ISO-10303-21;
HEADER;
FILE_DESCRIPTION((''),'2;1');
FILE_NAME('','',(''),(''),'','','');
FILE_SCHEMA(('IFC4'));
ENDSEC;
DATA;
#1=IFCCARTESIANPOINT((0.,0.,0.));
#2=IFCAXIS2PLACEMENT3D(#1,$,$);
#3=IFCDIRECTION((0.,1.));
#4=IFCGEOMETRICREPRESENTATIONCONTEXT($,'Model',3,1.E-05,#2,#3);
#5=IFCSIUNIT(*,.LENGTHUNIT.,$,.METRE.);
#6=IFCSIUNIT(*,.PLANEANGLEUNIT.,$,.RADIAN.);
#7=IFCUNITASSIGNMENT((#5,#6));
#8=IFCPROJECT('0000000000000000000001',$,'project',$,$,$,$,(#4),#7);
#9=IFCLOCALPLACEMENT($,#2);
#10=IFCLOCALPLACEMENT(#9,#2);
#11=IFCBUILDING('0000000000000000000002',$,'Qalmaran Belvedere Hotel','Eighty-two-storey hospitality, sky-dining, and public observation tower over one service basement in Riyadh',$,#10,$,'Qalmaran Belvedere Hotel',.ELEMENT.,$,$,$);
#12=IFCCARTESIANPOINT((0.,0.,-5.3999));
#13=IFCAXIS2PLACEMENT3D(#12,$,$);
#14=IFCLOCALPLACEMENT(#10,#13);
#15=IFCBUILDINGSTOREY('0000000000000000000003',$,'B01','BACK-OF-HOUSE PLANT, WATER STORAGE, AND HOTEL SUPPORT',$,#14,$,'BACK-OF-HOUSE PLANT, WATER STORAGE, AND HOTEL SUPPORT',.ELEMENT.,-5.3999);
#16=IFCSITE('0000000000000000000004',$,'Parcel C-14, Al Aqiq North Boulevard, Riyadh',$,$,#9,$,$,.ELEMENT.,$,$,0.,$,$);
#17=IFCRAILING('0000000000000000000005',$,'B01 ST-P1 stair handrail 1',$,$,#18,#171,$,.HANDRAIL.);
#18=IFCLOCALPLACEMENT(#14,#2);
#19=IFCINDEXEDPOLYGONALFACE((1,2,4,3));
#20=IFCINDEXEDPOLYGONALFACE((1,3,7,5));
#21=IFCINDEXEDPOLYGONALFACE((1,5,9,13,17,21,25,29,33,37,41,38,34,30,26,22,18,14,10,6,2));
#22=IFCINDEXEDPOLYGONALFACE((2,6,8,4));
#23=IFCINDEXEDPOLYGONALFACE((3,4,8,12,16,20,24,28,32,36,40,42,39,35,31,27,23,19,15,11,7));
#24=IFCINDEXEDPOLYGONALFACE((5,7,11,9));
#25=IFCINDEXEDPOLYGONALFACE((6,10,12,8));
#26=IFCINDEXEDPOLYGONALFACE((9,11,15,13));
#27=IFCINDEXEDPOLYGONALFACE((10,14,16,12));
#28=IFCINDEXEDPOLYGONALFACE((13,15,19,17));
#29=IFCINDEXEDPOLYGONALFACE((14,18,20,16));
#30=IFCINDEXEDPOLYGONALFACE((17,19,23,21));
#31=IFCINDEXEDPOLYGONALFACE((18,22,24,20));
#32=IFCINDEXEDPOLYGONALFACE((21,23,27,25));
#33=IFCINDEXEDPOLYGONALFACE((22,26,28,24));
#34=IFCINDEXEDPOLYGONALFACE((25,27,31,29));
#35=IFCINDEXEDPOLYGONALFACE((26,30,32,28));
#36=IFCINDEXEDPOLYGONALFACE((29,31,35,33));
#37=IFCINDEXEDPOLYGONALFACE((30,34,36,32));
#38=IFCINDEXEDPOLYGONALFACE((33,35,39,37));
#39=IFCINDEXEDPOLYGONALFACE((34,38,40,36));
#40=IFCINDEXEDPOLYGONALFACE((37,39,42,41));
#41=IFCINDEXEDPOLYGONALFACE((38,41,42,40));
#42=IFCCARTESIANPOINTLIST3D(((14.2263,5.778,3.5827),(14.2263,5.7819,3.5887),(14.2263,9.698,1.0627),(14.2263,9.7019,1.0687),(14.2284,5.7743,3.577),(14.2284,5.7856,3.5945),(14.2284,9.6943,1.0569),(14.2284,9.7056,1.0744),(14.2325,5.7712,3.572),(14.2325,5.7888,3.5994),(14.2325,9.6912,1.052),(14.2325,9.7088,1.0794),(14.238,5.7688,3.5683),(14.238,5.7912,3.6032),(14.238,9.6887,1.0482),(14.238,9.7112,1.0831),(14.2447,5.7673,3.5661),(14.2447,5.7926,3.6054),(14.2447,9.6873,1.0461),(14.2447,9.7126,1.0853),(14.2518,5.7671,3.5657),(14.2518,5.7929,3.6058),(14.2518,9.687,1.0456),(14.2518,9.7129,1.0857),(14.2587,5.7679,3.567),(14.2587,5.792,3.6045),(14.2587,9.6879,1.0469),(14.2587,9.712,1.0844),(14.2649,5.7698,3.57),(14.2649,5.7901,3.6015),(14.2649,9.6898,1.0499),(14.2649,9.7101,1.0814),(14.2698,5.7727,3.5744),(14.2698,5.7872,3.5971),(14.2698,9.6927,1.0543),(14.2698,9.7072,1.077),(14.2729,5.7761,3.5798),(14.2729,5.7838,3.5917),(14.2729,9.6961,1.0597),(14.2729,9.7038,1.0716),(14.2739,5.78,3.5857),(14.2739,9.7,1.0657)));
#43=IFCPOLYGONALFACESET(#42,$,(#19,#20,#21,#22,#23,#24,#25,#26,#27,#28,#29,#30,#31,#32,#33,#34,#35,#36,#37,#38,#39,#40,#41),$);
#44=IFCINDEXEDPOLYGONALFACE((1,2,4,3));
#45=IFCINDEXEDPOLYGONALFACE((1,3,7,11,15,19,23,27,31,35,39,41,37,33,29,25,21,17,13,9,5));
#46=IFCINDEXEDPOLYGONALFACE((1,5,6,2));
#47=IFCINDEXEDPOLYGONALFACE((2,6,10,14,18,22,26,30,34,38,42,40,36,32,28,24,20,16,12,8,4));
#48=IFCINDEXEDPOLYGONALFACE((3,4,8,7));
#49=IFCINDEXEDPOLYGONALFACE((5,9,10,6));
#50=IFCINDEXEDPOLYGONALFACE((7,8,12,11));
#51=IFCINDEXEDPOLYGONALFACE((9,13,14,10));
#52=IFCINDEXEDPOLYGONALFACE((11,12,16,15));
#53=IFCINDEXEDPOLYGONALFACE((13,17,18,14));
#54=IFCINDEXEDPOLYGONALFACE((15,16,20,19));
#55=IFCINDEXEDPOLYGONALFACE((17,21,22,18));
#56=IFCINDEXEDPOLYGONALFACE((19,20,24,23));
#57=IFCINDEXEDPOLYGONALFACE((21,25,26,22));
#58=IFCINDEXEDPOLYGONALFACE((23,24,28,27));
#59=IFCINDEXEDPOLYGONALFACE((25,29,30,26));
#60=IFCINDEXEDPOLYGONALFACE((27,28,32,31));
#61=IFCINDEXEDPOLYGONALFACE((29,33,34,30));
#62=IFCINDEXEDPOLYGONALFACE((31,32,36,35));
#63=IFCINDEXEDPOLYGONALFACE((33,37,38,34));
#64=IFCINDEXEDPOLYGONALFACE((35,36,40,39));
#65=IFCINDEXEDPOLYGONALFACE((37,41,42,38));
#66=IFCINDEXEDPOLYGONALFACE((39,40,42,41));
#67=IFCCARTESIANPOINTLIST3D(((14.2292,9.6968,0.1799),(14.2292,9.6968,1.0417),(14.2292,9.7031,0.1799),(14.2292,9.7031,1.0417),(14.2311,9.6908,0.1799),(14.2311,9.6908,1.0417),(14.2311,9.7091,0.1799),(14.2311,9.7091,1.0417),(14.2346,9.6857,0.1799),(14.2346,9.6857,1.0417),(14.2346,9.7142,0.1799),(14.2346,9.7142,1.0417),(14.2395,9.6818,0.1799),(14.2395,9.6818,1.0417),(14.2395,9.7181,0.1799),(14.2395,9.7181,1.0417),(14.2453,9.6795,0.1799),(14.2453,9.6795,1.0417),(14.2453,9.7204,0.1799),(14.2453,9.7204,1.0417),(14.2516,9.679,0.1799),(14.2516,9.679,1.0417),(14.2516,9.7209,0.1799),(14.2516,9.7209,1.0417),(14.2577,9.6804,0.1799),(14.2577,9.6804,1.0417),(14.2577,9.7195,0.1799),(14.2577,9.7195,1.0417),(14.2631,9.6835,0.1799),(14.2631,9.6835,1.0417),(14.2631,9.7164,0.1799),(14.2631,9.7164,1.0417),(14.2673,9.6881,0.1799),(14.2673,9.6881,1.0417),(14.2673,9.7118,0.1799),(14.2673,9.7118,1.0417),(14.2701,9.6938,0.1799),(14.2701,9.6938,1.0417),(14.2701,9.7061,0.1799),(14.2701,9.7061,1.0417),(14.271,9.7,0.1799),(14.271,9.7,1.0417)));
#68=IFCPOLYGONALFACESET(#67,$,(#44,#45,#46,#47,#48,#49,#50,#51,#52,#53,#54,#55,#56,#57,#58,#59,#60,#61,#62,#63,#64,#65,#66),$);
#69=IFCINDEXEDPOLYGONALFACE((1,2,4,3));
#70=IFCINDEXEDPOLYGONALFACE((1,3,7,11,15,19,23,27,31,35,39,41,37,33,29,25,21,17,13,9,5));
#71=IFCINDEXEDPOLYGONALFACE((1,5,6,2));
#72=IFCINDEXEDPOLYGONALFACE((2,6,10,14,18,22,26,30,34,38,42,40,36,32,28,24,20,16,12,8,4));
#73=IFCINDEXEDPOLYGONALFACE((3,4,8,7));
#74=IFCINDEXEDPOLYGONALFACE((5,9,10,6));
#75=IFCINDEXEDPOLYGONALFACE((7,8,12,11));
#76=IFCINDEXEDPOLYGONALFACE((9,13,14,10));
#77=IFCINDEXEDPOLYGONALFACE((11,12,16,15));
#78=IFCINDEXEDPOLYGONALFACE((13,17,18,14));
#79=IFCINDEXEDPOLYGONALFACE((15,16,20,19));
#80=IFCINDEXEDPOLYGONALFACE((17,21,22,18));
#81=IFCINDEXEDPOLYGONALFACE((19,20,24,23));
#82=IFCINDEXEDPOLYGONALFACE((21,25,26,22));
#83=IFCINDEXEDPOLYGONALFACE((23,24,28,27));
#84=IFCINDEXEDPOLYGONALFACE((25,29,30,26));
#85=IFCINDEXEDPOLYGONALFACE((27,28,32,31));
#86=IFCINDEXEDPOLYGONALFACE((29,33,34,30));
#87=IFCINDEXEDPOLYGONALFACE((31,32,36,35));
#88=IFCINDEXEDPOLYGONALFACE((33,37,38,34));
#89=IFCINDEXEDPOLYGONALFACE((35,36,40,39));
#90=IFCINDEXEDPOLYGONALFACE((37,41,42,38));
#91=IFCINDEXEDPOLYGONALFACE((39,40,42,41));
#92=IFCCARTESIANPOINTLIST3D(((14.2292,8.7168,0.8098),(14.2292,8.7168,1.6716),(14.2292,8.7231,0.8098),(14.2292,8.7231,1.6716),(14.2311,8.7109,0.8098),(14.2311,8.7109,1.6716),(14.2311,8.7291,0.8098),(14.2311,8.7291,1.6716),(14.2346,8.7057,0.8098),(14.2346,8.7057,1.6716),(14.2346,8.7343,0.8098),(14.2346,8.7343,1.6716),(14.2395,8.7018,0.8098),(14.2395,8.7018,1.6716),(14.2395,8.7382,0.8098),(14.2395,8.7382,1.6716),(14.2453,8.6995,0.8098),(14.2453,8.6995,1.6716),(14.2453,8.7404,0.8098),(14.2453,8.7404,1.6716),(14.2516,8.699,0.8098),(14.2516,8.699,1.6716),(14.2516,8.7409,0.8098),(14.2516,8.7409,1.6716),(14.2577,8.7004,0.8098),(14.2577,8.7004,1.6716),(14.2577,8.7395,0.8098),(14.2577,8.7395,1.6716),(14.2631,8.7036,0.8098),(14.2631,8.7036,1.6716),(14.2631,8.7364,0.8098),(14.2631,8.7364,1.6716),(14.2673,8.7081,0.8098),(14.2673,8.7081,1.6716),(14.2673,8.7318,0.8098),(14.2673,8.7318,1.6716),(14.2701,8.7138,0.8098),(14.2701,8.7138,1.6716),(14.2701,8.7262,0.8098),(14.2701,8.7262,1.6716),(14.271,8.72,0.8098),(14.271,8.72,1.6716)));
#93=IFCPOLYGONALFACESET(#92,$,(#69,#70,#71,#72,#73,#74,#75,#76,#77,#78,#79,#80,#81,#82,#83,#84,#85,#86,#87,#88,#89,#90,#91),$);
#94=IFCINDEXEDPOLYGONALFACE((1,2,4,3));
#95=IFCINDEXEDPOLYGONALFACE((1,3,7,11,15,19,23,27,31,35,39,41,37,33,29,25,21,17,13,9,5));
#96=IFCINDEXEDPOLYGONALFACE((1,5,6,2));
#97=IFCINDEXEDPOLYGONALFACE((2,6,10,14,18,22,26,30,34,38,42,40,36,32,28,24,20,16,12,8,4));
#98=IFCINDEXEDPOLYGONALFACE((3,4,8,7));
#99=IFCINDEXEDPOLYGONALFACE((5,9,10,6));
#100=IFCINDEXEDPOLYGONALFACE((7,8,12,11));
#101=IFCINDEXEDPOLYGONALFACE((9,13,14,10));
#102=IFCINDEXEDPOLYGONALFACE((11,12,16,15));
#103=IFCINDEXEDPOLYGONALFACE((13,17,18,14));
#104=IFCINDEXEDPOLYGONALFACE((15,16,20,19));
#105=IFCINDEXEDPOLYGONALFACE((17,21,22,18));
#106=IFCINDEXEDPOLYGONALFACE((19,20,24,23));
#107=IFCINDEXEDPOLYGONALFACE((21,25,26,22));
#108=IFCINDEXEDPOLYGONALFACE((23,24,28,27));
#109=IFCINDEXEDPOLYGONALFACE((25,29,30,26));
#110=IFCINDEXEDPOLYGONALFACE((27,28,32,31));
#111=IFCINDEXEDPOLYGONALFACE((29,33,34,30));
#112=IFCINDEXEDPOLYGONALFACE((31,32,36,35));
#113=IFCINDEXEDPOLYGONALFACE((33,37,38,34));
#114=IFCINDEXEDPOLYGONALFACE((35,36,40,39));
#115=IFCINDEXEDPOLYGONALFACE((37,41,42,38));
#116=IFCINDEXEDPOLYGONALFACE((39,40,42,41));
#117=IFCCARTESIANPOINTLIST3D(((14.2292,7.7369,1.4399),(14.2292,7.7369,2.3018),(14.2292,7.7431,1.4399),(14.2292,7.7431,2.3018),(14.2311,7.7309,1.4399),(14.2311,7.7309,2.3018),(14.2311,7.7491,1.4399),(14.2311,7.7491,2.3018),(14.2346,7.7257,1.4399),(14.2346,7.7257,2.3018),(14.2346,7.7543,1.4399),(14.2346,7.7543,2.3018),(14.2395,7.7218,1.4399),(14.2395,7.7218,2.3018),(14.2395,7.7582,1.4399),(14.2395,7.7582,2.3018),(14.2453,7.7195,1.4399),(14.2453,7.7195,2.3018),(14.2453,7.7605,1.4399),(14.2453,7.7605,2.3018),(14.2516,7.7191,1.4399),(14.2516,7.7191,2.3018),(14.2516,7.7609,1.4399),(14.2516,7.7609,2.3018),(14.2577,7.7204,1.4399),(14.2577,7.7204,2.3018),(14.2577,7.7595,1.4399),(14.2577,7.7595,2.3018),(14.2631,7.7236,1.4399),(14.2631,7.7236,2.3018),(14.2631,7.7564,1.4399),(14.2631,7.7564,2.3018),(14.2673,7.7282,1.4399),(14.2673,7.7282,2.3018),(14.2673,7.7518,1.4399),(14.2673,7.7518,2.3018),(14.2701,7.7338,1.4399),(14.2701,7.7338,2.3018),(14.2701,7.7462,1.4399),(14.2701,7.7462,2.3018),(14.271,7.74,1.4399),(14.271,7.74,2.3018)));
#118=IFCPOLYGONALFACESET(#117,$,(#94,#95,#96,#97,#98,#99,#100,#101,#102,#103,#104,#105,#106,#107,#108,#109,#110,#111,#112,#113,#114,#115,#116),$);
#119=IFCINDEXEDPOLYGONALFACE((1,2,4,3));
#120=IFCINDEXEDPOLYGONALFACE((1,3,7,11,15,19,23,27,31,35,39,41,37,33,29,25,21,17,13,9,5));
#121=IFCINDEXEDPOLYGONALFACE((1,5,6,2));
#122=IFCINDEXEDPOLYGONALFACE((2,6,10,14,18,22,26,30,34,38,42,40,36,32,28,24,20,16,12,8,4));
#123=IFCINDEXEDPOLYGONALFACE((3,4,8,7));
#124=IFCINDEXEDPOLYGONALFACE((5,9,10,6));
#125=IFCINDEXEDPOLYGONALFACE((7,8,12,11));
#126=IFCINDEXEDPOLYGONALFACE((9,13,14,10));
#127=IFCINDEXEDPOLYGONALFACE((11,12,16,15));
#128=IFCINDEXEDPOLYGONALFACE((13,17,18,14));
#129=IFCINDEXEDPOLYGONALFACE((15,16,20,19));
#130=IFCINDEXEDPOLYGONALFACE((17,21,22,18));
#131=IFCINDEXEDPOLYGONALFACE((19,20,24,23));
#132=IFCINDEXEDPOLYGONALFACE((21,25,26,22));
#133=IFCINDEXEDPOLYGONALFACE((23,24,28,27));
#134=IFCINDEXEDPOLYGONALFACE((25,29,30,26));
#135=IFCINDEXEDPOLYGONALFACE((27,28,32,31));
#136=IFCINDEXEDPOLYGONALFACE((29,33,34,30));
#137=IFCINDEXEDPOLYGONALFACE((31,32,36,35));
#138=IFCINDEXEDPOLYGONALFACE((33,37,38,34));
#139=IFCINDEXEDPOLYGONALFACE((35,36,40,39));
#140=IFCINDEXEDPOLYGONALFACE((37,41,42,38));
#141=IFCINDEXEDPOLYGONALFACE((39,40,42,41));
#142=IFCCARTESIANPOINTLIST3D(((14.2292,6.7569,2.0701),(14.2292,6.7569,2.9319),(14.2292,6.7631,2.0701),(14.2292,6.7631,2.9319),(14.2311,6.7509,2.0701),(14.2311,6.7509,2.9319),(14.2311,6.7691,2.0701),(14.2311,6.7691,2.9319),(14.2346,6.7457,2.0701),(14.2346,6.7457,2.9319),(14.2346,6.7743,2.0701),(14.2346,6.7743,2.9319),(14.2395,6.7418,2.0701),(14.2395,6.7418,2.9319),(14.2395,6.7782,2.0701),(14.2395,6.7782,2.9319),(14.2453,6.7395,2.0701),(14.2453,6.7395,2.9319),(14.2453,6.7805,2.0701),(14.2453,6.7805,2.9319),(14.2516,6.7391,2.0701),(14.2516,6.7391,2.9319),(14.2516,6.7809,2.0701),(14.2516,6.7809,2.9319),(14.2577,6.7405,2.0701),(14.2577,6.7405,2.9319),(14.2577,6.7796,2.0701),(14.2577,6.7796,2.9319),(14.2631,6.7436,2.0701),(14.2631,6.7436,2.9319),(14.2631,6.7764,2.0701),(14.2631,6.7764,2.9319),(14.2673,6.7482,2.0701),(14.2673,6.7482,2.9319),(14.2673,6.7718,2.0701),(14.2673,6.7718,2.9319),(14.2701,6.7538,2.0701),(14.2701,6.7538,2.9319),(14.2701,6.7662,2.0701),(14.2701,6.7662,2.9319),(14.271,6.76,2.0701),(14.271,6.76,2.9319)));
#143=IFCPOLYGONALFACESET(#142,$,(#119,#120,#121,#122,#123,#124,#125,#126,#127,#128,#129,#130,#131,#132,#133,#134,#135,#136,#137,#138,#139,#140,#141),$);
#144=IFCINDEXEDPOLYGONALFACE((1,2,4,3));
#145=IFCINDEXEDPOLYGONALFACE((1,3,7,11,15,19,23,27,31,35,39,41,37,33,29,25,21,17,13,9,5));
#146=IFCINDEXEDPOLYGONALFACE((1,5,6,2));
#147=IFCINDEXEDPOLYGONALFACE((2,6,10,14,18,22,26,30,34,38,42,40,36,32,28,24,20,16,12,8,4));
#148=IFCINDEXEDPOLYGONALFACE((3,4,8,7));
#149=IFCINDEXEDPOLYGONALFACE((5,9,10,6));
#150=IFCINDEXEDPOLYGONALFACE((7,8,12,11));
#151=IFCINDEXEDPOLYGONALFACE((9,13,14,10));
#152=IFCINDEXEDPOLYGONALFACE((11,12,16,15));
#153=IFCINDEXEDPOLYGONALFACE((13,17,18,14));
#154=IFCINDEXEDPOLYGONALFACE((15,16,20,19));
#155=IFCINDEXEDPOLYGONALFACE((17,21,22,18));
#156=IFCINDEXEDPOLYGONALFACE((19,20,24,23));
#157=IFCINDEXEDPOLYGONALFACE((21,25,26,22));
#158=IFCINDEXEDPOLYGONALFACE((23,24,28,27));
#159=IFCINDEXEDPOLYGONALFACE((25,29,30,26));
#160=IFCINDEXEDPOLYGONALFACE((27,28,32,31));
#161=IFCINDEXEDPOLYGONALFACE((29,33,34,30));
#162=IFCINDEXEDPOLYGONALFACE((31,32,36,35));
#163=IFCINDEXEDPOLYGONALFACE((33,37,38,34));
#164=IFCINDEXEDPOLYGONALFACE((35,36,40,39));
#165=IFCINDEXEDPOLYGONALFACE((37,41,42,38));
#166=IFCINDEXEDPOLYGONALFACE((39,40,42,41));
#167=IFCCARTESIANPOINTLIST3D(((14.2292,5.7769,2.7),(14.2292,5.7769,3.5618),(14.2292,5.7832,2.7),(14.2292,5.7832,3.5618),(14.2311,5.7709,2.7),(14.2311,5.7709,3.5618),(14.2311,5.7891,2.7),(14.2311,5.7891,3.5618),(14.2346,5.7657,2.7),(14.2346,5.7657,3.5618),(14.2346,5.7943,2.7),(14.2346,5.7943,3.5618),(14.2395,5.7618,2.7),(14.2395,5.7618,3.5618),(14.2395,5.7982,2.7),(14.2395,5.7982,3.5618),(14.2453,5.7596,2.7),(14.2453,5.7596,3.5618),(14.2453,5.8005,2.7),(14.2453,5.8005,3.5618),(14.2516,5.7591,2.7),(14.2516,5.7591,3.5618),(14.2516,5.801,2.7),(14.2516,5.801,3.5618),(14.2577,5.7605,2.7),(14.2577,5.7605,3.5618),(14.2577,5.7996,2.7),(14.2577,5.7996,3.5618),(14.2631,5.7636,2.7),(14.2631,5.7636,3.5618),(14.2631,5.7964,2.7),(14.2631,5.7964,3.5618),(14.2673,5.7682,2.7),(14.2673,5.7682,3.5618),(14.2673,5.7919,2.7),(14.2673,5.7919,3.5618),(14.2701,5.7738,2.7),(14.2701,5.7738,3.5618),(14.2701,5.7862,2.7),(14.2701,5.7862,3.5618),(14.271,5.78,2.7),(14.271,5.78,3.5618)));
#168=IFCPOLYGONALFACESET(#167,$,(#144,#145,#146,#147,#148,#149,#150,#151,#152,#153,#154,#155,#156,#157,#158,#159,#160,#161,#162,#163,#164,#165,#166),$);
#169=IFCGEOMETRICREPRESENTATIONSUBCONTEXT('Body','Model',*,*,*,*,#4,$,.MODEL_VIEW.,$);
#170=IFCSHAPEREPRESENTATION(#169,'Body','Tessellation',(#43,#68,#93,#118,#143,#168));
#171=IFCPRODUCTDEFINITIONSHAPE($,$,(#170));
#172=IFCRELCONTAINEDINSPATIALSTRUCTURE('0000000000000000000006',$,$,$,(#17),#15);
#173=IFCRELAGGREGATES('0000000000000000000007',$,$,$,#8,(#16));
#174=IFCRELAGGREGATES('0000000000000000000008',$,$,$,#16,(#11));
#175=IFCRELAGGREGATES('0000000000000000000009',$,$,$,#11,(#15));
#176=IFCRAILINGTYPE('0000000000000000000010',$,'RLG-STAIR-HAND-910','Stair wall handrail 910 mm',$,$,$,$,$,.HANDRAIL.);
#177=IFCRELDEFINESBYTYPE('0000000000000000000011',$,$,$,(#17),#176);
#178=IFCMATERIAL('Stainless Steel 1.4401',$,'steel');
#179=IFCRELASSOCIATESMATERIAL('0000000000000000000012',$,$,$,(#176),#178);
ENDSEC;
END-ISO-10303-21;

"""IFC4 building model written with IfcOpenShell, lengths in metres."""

from ifc_helpers import new_model, si_unit, direction, frame, origin, origin_2d, place, context, subcontext, project, spatial, circle, extrude, material, type_object, element, save


model = new_model("IFC4")

# Units and contexts
model_context = context("Model", 3, precision=1e-05, world=origin(), true_north=direction((0.0, 1.0)))
body_context = subcontext(model_context, "Body", "Model", "MODEL_VIEW")
ifc_project = project(units=[si_unit("LENGTHUNIT", "METRE"), si_unit("PLANEANGLEUNIT", "RADIAN")], contexts=[model_context])

# Site, building, storey
site_placement = place(None, origin())
site = spatial("IfcSite", under=ifc_project, at=site_placement, Name="Parcel C-14, Al Aqiq North Boulevard, Riyadh", CompositionType="ELEMENT", RefElevation=0.0)
building_placement = place(site_placement, origin())
building = spatial("IfcBuilding", under=site, at=building_placement, Name="Qalmaran Belvedere Hotel", Description="Eighty-two-storey hospitality, sky-dining, and public observation tower over one service basement in Riyadh", LongName="Qalmaran Belvedere Hotel", CompositionType="ELEMENT")
storey_placement = place(building_placement, frame((0.0, 0.0, -5.3999)))
storey = spatial("IfcBuildingStorey", under=building, at=storey_placement, Name="B01", Description="BACK-OF-HOUSE PLANT, WATER STORAGE, AND HOTEL SUPPORT", LongName="BACK-OF-HOUSE PLANT, WATER STORAGE, AND HOTEL SUPPORT", CompositionType="ELEMENT", Elevation=-5.3999)

# Railing
ifc_material_1 = material(Name="Stainless Steel 1.4401", Category="steel")
railing_type_1 = type_object("IfcRailingType", Name="RLG-STAIR-HAND-910", Description="Stair wall handrail 910 mm", PredefinedType="HANDRAIL", material=ifc_material_1)
railing_1_placement = place(storey_placement, frame((14.25, 9.7, 0.1799)))
element("IfcRailing", 1, at=railing_1_placement, inside=storey, type_object=railing_type_1, Name="B01 ST-P1 stair handrail 1", PredefinedType="HANDRAIL", context=body_context, shape_type="SweptSolid", body=[
    extrude(circle(Radius=0.0239, at=origin_2d()), frame((0.0, 0.0, 0.8857), z_axis=(0.0, -0.841172, 0.540768), x_axis=(1.0, 0.0, 0.0)), (0.0, 0.0, 1.0), 4.6602),
    extrude(circle(Radius=0.021, at=origin_2d()), origin(), (0.0, 0.0, 1.0), 0.8618),
    extrude(circle(Radius=0.021, at=origin_2d()), frame((0.0, -0.98, 0.6299)), (0.0, 0.0, 1.0), 0.8618),
    extrude(circle(Radius=0.021, at=origin_2d()), frame((0.0, -1.96, 1.26)), (0.0, 0.0, 1.0), 0.8618),
    extrude(circle(Radius=0.021, at=origin_2d()), frame((0.0, -2.9399, 1.8901)), (0.0, 0.0, 1.0), 0.8618),
    extrude(circle(Radius=0.021, at=origin_2d()), frame((0.0, -3.9199, 2.52)), (0.0, 0.0, 1.0), 0.8618),
])

save(model, "model.ifc")
